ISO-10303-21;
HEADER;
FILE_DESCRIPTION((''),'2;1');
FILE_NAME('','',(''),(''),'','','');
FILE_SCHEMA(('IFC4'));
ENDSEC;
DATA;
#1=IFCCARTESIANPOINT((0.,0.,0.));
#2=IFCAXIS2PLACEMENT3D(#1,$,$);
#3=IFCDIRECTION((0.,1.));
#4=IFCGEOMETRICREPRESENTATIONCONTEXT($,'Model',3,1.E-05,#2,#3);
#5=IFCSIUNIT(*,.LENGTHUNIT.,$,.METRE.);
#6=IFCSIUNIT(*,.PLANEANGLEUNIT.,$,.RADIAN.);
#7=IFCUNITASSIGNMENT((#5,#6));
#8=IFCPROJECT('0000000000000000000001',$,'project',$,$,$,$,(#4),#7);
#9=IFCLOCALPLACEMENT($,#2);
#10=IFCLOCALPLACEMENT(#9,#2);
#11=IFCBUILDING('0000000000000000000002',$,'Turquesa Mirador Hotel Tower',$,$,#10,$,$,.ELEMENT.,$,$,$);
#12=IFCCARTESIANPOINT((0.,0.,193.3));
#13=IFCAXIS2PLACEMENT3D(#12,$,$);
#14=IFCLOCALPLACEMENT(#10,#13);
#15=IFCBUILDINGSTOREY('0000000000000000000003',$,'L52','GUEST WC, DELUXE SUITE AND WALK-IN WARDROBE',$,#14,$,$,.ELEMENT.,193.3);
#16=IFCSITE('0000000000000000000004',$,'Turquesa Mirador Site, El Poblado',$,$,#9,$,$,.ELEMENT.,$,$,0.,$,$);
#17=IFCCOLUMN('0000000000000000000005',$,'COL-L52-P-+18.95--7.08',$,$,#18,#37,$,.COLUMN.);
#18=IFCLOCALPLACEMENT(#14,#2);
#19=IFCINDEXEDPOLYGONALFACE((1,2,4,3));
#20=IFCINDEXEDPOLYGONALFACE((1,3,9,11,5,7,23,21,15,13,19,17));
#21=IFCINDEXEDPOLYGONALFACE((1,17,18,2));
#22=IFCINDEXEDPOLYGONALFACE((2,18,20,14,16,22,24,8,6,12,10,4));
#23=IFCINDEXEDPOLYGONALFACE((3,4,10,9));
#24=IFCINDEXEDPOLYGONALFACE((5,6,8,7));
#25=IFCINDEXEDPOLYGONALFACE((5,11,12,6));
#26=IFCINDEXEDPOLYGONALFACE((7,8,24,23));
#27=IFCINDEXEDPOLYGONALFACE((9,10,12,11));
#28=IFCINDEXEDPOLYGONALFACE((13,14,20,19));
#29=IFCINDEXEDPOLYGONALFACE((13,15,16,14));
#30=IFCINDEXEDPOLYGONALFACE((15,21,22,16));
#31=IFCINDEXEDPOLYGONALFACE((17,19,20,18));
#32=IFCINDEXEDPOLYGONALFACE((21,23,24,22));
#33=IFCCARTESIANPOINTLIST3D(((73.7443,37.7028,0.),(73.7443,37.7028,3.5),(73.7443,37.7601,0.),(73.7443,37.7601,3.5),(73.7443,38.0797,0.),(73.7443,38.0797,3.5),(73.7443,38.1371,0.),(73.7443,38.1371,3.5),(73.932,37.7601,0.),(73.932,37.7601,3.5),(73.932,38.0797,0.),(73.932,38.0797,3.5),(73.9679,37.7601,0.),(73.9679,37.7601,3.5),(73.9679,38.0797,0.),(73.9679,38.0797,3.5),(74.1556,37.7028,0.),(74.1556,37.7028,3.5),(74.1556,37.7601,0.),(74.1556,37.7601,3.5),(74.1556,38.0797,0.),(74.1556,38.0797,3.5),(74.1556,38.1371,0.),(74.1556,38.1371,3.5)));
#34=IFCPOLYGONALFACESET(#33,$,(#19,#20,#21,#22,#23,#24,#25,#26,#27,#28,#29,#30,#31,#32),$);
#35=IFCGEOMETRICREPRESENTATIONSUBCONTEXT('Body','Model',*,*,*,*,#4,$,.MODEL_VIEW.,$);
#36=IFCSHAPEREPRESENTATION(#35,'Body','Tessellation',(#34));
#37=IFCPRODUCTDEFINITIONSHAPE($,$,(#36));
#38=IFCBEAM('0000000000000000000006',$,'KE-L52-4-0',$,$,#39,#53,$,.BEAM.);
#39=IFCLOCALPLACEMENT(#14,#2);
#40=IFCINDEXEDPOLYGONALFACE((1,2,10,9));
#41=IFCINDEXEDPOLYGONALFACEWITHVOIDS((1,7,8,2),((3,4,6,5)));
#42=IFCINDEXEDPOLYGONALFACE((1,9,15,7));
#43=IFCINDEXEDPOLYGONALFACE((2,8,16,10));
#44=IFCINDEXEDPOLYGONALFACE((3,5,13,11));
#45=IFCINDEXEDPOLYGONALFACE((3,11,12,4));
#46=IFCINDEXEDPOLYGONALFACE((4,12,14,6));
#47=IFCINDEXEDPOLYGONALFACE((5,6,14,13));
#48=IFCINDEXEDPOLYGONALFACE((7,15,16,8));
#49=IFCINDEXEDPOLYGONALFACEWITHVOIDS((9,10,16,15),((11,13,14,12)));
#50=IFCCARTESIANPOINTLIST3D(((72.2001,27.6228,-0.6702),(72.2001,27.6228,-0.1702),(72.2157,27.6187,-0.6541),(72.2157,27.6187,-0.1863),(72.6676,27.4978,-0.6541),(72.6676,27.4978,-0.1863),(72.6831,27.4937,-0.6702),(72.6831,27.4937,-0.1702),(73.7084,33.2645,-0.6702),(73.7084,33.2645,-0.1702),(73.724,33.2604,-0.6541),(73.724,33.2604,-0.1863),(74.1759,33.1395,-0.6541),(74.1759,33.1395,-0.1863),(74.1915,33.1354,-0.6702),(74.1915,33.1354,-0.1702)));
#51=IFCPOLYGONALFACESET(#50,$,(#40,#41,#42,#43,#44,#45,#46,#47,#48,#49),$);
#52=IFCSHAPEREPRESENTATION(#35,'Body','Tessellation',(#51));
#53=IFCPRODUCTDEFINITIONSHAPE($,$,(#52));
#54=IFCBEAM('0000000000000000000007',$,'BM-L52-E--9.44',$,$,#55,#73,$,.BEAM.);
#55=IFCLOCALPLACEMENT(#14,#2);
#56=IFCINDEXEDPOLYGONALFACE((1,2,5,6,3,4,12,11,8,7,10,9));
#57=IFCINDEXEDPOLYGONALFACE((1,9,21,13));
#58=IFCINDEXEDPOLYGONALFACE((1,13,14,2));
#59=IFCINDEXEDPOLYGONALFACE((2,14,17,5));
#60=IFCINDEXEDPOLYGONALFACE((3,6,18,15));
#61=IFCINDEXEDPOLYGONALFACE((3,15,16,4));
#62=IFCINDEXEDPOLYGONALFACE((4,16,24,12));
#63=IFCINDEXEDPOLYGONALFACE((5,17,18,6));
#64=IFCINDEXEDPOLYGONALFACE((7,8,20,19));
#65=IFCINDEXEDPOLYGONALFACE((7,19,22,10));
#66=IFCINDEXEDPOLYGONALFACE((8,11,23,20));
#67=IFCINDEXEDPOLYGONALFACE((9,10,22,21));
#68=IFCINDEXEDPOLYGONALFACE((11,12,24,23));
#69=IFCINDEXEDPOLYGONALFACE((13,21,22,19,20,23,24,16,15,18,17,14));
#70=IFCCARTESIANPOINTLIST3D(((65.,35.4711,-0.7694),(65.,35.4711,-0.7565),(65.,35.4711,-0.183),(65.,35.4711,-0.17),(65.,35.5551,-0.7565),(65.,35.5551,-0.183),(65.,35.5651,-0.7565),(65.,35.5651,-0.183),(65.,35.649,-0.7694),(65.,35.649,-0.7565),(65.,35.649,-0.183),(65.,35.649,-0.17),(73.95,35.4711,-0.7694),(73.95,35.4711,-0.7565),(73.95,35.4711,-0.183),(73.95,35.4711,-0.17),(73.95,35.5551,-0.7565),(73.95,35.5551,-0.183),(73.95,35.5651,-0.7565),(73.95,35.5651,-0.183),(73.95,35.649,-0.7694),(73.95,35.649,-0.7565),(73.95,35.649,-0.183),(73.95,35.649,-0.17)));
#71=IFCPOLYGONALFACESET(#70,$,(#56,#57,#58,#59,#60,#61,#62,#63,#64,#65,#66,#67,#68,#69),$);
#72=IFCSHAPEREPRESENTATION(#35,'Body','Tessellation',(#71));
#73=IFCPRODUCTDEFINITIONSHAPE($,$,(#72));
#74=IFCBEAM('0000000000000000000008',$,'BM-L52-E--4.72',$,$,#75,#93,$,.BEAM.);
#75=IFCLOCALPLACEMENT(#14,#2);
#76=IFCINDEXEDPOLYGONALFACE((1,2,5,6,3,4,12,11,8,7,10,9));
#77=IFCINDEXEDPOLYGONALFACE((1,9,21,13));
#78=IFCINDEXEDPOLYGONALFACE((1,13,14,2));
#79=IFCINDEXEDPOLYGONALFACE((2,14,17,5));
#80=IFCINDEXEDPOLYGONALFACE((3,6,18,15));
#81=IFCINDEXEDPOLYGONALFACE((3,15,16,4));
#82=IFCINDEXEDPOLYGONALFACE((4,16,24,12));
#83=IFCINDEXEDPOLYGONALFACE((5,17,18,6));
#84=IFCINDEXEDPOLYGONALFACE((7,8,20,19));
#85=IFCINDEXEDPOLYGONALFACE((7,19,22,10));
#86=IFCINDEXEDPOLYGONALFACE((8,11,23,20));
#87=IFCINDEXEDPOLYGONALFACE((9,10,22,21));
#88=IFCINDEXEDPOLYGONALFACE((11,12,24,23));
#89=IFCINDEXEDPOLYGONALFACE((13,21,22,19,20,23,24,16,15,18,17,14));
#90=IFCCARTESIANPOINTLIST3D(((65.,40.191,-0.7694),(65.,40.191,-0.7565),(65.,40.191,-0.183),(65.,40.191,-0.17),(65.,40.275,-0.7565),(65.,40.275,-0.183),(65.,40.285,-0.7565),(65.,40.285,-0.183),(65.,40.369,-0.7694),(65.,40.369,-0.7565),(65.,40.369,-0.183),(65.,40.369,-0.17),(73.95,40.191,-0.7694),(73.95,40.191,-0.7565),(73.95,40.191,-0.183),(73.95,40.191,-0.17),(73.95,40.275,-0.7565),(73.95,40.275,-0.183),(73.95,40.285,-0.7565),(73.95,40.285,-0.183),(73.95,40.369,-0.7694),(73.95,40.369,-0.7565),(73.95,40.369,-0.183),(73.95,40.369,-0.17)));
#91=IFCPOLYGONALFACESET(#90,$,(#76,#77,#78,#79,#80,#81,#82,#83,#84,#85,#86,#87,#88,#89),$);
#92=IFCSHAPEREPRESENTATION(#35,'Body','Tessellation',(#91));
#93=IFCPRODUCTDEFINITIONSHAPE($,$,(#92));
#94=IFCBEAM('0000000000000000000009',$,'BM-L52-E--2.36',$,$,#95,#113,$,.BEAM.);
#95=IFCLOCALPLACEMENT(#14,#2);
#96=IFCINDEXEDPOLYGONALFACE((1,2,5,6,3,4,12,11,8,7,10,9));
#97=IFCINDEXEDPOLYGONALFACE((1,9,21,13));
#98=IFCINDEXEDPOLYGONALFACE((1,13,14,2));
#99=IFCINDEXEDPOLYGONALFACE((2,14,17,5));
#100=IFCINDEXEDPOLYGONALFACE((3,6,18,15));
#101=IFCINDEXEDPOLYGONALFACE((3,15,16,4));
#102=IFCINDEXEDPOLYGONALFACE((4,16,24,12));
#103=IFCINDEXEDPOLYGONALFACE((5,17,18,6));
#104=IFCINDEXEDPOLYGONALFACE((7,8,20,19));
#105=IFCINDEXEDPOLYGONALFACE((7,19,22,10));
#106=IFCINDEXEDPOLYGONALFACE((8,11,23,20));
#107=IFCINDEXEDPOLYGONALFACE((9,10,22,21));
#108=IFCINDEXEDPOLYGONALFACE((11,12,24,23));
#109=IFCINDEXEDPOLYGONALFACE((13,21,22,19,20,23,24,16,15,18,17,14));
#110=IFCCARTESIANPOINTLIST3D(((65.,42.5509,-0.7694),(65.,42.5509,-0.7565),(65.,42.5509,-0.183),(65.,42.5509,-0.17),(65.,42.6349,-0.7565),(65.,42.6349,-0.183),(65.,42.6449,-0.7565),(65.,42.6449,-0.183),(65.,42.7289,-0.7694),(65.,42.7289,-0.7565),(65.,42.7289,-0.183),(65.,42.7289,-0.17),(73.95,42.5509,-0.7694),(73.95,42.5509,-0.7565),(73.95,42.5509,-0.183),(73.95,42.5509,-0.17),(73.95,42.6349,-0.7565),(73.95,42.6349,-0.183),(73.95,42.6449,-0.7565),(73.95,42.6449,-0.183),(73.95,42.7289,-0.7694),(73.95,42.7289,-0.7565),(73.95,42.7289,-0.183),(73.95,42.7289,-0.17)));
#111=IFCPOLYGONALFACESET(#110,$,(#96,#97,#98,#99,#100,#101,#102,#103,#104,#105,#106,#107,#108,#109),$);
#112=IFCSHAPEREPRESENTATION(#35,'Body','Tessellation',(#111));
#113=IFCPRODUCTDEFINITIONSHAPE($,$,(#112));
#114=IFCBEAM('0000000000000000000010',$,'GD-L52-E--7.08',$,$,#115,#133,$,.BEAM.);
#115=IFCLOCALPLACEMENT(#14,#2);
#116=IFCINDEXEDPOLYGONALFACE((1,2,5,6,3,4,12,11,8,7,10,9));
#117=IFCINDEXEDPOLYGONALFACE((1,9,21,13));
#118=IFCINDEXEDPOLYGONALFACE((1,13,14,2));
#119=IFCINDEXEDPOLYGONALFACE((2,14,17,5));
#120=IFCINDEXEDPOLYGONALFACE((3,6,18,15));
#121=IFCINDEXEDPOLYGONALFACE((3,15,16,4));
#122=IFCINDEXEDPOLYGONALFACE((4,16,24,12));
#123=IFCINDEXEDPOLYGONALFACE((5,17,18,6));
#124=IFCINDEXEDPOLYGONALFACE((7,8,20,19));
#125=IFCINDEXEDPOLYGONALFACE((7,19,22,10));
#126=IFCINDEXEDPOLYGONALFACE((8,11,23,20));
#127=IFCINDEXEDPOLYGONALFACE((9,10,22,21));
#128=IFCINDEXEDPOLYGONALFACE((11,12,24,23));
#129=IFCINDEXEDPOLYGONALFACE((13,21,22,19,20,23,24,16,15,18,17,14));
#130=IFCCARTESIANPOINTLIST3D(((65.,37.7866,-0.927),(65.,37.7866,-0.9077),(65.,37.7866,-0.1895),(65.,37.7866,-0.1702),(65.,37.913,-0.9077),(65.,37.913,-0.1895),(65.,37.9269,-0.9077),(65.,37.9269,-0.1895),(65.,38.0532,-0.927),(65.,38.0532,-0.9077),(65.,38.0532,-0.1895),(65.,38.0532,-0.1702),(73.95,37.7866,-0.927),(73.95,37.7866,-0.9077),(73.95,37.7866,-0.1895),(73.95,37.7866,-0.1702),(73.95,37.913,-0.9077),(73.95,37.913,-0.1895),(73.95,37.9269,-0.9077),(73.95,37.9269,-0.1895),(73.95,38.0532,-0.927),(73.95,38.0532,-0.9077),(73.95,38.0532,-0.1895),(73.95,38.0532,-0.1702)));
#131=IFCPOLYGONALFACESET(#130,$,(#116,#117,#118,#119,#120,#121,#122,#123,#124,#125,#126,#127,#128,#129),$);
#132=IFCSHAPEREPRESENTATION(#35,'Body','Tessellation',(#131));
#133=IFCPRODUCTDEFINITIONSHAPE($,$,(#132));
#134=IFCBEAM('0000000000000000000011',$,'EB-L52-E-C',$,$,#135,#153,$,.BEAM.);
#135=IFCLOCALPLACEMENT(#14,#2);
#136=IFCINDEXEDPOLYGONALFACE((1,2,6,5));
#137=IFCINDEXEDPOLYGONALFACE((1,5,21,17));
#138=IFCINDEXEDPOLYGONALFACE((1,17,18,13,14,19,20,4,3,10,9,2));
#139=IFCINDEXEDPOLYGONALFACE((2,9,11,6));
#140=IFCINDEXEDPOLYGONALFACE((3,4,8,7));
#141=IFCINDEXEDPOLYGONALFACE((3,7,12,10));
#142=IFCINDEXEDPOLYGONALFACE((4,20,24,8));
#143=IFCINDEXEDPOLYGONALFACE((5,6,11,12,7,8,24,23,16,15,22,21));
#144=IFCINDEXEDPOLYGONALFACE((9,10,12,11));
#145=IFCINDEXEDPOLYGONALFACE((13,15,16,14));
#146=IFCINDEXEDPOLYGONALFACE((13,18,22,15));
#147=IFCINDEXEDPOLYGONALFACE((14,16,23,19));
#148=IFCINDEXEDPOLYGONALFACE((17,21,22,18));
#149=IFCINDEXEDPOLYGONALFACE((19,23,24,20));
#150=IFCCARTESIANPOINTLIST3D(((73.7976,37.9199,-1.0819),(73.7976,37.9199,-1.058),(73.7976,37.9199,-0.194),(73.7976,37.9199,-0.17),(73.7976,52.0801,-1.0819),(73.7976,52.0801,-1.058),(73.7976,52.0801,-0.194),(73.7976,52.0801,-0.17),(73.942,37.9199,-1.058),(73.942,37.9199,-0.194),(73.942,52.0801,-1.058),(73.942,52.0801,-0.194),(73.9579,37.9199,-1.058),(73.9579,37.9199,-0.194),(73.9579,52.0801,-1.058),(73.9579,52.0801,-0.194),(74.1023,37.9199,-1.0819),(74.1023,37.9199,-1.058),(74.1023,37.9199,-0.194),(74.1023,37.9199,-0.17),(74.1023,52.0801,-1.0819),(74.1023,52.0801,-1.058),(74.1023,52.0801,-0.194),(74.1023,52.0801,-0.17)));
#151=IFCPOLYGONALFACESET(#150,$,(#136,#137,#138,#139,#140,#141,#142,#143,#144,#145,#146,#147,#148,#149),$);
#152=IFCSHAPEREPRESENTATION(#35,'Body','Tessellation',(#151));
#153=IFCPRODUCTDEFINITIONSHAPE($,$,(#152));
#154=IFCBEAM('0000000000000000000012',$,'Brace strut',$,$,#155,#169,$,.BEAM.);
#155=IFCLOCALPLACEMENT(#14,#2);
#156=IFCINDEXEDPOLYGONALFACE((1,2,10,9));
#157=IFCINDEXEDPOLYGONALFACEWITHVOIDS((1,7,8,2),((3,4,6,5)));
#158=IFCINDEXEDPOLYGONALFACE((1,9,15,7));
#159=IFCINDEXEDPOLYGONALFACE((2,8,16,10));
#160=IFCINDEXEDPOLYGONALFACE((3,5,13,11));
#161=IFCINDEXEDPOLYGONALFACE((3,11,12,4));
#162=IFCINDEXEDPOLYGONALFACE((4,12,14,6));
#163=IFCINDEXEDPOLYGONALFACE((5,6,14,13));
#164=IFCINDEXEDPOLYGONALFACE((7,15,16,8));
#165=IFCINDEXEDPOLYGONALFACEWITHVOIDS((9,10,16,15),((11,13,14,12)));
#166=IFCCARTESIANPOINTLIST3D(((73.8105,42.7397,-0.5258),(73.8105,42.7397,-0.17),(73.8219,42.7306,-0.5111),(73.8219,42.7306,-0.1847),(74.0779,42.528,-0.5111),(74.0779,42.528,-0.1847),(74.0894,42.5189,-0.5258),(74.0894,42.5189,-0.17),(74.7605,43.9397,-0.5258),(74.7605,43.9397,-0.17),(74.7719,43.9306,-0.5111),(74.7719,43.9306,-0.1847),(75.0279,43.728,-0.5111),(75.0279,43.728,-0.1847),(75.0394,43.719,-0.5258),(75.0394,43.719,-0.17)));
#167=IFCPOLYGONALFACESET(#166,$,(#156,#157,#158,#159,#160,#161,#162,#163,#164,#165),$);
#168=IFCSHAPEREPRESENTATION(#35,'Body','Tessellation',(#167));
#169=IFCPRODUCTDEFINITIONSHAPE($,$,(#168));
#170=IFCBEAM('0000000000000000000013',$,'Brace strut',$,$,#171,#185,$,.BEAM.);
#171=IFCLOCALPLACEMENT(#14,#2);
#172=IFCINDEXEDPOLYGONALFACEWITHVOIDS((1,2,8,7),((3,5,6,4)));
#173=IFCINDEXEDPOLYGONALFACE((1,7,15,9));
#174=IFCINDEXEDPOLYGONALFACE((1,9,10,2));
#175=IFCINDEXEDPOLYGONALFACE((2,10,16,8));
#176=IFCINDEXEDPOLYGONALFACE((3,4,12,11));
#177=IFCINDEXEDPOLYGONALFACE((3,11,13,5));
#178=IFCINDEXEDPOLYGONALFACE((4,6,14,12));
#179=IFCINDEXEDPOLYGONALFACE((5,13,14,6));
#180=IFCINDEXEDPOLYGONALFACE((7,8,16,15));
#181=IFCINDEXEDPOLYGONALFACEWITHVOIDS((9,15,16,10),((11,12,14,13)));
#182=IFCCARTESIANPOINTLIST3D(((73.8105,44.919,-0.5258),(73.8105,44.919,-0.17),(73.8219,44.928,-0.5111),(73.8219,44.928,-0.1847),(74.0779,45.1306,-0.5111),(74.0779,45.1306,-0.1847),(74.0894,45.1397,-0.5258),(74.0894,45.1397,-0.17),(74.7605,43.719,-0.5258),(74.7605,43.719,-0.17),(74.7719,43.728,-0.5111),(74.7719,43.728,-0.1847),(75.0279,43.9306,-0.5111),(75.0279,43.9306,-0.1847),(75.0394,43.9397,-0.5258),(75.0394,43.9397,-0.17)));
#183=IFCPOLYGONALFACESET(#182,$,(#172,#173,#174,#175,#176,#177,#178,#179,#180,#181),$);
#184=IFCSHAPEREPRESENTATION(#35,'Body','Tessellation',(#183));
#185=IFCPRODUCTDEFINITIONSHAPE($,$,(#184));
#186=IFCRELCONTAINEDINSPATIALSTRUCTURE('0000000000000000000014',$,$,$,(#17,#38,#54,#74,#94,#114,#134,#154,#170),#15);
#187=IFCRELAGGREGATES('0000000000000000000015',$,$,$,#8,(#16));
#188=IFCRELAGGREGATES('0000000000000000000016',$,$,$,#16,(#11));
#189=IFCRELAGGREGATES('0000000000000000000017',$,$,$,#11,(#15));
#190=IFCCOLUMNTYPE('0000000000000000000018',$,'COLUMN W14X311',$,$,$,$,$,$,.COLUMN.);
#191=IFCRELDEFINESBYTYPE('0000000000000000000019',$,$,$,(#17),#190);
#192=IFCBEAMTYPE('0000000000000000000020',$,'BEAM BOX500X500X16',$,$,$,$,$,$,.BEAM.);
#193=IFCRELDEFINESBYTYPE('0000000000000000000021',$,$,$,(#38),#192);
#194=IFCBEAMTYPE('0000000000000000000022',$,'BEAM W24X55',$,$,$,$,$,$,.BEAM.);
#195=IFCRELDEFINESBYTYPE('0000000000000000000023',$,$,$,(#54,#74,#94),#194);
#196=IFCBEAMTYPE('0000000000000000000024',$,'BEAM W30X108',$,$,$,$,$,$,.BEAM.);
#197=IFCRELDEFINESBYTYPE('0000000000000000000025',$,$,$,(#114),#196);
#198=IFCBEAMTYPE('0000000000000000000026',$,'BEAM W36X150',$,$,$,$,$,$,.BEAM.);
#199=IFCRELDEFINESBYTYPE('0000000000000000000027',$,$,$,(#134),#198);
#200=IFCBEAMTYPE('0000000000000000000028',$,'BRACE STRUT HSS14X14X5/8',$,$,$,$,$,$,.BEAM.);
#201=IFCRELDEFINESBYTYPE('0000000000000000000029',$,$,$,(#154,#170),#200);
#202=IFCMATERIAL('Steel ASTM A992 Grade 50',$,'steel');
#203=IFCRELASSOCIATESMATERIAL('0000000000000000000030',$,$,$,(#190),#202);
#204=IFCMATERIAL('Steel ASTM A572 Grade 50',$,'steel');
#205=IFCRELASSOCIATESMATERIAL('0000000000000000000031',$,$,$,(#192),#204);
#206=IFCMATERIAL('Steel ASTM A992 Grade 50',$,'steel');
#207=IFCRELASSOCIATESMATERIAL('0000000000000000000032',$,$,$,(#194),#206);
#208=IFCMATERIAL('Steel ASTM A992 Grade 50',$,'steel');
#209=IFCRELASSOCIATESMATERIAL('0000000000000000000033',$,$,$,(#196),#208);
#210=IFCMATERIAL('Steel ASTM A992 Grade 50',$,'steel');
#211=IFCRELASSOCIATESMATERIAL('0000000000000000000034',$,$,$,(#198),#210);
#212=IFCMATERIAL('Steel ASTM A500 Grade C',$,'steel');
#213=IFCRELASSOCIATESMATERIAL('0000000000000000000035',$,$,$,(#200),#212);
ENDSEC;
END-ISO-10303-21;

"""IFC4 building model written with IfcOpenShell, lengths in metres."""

from ifc_helpers import new_model, si_unit, direction, frame, origin, origin_2d, place, context, subcontext, project, spatial, hollow_rectangle, i_section, extrude, material, material_profile, profile_set, type_object, element, save


model = new_model("IFC4")

# Units and contexts
model_context = context("Model", 3, precision=1e-05, world=origin(), true_north=direction((0.0, 1.0)))
body_context = subcontext(model_context, "Body", "Model", "MODEL_VIEW")
ifc_project = project(units=[si_unit("LENGTHUNIT", "METRE"), si_unit("PLANEANGLEUNIT", "RADIAN")], contexts=[model_context])

# Site, building, storey
site_placement = place(None, origin())
site = spatial("IfcSite", under=ifc_project, at=site_placement, Name="Turquesa Mirador Site, El Poblado", CompositionType="ELEMENT", RefElevation=0.0)
building_placement = place(site_placement, origin())
building = spatial("IfcBuilding", under=site, at=building_placement, Name="Turquesa Mirador Hotel Tower", CompositionType="ELEMENT")
storey_placement = place(building_placement, frame((0.0, 0.0, 193.3)))
storey = spatial("IfcBuildingStorey", under=building, at=storey_placement, Name="L52", Description="GUEST WC, DELUXE SUITE AND WALK-IN WARDROBE", CompositionType="ELEMENT", Elevation=193.3)

# Column
ifc_material_1 = material(Name="Steel ASTM A992 Grade 50", Category="steel")
ifc_material_profile_1 = material_profile(ifc_material_1, i_section(OverallWidth=0.4114, OverallDepth=0.4343, WebThickness=0.0359, FlangeThickness=0.0574, at=origin_2d()), Name="W14X311")
ifc_profile_set_1 = profile_set([ifc_material_profile_1], Name="Steel ASTM A992 Grade 50")
column_type = type_object("IfcColumnType", Name="COLUMN W14X311", PredefinedType="COLUMN", material=ifc_profile_set_1)
column_placement = place(storey_placement, frame((73.95, 37.9199, 0.0), z_axis=(0.0, 0.0, 1.0), x_axis=(1.0, 0.0, 0.0)))
element("IfcColumn", 1, at=column_placement, inside=storey, type_object=column_type, Name="COL-L52-P-+18.95--7.08", PredefinedType="COLUMN", context=body_context, shape_type="SweptSolid", body=[
    extrude(i_section(OverallWidth=0.4114, OverallDepth=0.4343, WebThickness=0.0359, FlangeThickness=0.0574, at=origin_2d()), origin(), (0.0, 0.0, 1.0), 3.5),
])

# Beams
ifc_material_2 = material(Name="Steel ASTM A572 Grade 50", Category="steel")
ifc_material_profile_2 = material_profile(ifc_material_2, hollow_rectangle(XDim=0.5, YDim=0.5, WallThickness=0.0161, at=origin_2d()), Name="BOX500X500X16")
ifc_profile_set_2 = profile_set([ifc_material_profile_2], Name="Steel ASTM A572 Grade 50")
beam_type_1 = type_object("IfcBeamType", Name="BEAM BOX500X500X16", PredefinedType="BEAM", material=ifc_profile_set_2)
beam_1_placement = place(storey_placement, frame((73.95, 33.2, -0.4202), z_axis=(-0.258282, -0.96607, 0.0), x_axis=(0.96607, -0.258282, 0.0)))
element("IfcBeam", 2, at=beam_1_placement, inside=storey, type_object=beam_type_1, Name="KE-L52-4-0", PredefinedType="BEAM", context=body_context, shape_type="SweptSolid", body=[
    extrude(hollow_rectangle(XDim=0.5, YDim=0.5, WallThickness=0.0161, at=origin_2d()), origin(), (0.0, 0.0, 1.0), 5.8398),
])
ifc_material_3 = material(Name="Steel ASTM A992 Grade 50", Category="steel")
ifc_material_profile_3 = material_profile(ifc_material_3, i_section(OverallWidth=0.178, OverallDepth=0.5994, WebThickness=0.01, FlangeThickness=0.0129, at=origin_2d()), Name="W24X55")
ifc_profile_set_3 = profile_set([ifc_material_profile_3], Name="Steel ASTM A992 Grade 50")
beam_type_2 = type_object("IfcBeamType", Name="BEAM W24X55", PredefinedType="BEAM", material=ifc_profile_set_3)
for number, where, z_axis, x_axis, name in (
    (3, (73.95, 35.5601, -0.4697), (-1.0, 0.0, 0.0), (0.0, -1.0, 0.0), "BM-L52-E--9.44"),
    (4, (73.95, 40.28, -0.4697), (-1.0, 0.0, 0.0), (0.0, -1.0, 0.0), "BM-L52-E--4.72"),
    (5, (73.95, 42.6399, -0.4697), (-1.0, 0.0, 0.0), (0.0, -1.0, 0.0), "BM-L52-E--2.36"),
):
    element("IfcBeam", number, at=place(storey_placement, frame(where, z_axis=z_axis, x_axis=x_axis)), inside=storey, type_object=beam_type_2, Name=name, PredefinedType="BEAM", context=body_context, shape_type="SweptSolid", body=[
        extrude(i_section(OverallWidth=0.178, OverallDepth=0.5994, WebThickness=0.01, FlangeThickness=0.0129, at=origin_2d()), origin(), (0.0, 0.0, 1.0), 8.95),
    ])
ifc_material_4 = material(Name="Steel ASTM A992 Grade 50", Category="steel")
ifc_material_profile_4 = material_profile(ifc_material_4, i_section(OverallWidth=0.2666, OverallDepth=0.7568, WebThickness=0.0139, FlangeThickness=0.0193, at=origin_2d()), Name="W30X108")
ifc_profile_set_4 = profile_set([ifc_material_profile_4], Name="Steel ASTM A992 Grade 50")
beam_type_3 = type_object("IfcBeamType", Name="BEAM W30X108", PredefinedType="BEAM", material=ifc_profile_set_4)
beam_2_placement = place(storey_placement, frame((73.95, 37.9199, -0.5486), z_axis=(-1.0, 0.0, 0.0), x_axis=(0.0, -1.0, 0.0)))
element("IfcBeam", 6, at=beam_2_placement, inside=storey, type_object=beam_type_3, Name="GD-L52-E--7.08", PredefinedType="BEAM", context=body_context, shape_type="SweptSolid", body=[
    extrude(i_section(OverallWidth=0.2666, OverallDepth=0.7568, WebThickness=0.0139, FlangeThickness=0.0193, at=origin_2d()), origin(), (0.0, 0.0, 1.0), 8.95),
])
ifc_material_5 = material(Name="Steel ASTM A992 Grade 50", Category="steel")
ifc_material_profile_5 = material_profile(ifc_material_5, i_section(OverallWidth=0.3047, OverallDepth=0.9119, WebThickness=0.0159, FlangeThickness=0.0239, at=origin_2d()), Name="W36X150")
ifc_profile_set_5 = profile_set([ifc_material_profile_5], Name="Steel ASTM A992 Grade 50")
beam_type_4 = type_object("IfcBeamType", Name="BEAM W36X150", PredefinedType="BEAM", material=ifc_profile_set_5)
beam_3_placement = place(storey_placement, frame((73.95, 37.9199, -0.626), z_axis=(0.0, 1.0, 0.0), x_axis=(-1.0, 0.0, 0.0)))
element("IfcBeam", 7, at=beam_3_placement, inside=storey, type_object=beam_type_4, Name="EB-L52-E-C", PredefinedType="BEAM", context=body_context, shape_type="SweptSolid", body=[
    extrude(i_section(OverallWidth=0.3047, OverallDepth=0.9119, WebThickness=0.0159, FlangeThickness=0.0239, at=origin_2d()), origin(), (0.0, 0.0, 1.0), 14.1602),
])
ifc_material_6 = material(Name="Steel ASTM A500 Grade C", Category="steel")
ifc_material_profile_6 = material_profile(ifc_material_6, hollow_rectangle(XDim=0.3557, YDim=0.3557, WallThickness=0.0146, at=origin_2d()), Name="HSS14X14X5/8")
ifc_profile_set_6 = profile_set([ifc_material_profile_6], Name="Steel ASTM A500 Grade C")
beam_type_5 = type_object("IfcBeamType", Name="BRACE STRUT HSS14X14X5/8", PredefinedType="BEAM", material=ifc_profile_set_6)
for number, where, z_axis, x_axis, name in (
    (8, (74.8999, 43.8293, -0.3479), (-0.620699, -0.784049, 0.0), (0.784049, -0.620699, 0.0), "Brace strut"),
    (9, (74.8999, 43.8293, -0.3479), (-0.620699, 0.784049, 0.0), (-0.784049, -0.620699, 0.0), "Brace strut"),
):
    element("IfcBeam", number, at=place(storey_placement, frame(where, z_axis=z_axis, x_axis=x_axis)), inside=storey, type_object=beam_type_5, Name=name, PredefinedType="BEAM", context=body_context, shape_type="SweptSolid", body=[
        extrude(hollow_rectangle(XDim=0.3557, YDim=0.3557, WallThickness=0.0146, at=origin_2d()), origin(), (0.0, 0.0, 1.0), 1.5305),
    ])

save(model, "model.ifc")
